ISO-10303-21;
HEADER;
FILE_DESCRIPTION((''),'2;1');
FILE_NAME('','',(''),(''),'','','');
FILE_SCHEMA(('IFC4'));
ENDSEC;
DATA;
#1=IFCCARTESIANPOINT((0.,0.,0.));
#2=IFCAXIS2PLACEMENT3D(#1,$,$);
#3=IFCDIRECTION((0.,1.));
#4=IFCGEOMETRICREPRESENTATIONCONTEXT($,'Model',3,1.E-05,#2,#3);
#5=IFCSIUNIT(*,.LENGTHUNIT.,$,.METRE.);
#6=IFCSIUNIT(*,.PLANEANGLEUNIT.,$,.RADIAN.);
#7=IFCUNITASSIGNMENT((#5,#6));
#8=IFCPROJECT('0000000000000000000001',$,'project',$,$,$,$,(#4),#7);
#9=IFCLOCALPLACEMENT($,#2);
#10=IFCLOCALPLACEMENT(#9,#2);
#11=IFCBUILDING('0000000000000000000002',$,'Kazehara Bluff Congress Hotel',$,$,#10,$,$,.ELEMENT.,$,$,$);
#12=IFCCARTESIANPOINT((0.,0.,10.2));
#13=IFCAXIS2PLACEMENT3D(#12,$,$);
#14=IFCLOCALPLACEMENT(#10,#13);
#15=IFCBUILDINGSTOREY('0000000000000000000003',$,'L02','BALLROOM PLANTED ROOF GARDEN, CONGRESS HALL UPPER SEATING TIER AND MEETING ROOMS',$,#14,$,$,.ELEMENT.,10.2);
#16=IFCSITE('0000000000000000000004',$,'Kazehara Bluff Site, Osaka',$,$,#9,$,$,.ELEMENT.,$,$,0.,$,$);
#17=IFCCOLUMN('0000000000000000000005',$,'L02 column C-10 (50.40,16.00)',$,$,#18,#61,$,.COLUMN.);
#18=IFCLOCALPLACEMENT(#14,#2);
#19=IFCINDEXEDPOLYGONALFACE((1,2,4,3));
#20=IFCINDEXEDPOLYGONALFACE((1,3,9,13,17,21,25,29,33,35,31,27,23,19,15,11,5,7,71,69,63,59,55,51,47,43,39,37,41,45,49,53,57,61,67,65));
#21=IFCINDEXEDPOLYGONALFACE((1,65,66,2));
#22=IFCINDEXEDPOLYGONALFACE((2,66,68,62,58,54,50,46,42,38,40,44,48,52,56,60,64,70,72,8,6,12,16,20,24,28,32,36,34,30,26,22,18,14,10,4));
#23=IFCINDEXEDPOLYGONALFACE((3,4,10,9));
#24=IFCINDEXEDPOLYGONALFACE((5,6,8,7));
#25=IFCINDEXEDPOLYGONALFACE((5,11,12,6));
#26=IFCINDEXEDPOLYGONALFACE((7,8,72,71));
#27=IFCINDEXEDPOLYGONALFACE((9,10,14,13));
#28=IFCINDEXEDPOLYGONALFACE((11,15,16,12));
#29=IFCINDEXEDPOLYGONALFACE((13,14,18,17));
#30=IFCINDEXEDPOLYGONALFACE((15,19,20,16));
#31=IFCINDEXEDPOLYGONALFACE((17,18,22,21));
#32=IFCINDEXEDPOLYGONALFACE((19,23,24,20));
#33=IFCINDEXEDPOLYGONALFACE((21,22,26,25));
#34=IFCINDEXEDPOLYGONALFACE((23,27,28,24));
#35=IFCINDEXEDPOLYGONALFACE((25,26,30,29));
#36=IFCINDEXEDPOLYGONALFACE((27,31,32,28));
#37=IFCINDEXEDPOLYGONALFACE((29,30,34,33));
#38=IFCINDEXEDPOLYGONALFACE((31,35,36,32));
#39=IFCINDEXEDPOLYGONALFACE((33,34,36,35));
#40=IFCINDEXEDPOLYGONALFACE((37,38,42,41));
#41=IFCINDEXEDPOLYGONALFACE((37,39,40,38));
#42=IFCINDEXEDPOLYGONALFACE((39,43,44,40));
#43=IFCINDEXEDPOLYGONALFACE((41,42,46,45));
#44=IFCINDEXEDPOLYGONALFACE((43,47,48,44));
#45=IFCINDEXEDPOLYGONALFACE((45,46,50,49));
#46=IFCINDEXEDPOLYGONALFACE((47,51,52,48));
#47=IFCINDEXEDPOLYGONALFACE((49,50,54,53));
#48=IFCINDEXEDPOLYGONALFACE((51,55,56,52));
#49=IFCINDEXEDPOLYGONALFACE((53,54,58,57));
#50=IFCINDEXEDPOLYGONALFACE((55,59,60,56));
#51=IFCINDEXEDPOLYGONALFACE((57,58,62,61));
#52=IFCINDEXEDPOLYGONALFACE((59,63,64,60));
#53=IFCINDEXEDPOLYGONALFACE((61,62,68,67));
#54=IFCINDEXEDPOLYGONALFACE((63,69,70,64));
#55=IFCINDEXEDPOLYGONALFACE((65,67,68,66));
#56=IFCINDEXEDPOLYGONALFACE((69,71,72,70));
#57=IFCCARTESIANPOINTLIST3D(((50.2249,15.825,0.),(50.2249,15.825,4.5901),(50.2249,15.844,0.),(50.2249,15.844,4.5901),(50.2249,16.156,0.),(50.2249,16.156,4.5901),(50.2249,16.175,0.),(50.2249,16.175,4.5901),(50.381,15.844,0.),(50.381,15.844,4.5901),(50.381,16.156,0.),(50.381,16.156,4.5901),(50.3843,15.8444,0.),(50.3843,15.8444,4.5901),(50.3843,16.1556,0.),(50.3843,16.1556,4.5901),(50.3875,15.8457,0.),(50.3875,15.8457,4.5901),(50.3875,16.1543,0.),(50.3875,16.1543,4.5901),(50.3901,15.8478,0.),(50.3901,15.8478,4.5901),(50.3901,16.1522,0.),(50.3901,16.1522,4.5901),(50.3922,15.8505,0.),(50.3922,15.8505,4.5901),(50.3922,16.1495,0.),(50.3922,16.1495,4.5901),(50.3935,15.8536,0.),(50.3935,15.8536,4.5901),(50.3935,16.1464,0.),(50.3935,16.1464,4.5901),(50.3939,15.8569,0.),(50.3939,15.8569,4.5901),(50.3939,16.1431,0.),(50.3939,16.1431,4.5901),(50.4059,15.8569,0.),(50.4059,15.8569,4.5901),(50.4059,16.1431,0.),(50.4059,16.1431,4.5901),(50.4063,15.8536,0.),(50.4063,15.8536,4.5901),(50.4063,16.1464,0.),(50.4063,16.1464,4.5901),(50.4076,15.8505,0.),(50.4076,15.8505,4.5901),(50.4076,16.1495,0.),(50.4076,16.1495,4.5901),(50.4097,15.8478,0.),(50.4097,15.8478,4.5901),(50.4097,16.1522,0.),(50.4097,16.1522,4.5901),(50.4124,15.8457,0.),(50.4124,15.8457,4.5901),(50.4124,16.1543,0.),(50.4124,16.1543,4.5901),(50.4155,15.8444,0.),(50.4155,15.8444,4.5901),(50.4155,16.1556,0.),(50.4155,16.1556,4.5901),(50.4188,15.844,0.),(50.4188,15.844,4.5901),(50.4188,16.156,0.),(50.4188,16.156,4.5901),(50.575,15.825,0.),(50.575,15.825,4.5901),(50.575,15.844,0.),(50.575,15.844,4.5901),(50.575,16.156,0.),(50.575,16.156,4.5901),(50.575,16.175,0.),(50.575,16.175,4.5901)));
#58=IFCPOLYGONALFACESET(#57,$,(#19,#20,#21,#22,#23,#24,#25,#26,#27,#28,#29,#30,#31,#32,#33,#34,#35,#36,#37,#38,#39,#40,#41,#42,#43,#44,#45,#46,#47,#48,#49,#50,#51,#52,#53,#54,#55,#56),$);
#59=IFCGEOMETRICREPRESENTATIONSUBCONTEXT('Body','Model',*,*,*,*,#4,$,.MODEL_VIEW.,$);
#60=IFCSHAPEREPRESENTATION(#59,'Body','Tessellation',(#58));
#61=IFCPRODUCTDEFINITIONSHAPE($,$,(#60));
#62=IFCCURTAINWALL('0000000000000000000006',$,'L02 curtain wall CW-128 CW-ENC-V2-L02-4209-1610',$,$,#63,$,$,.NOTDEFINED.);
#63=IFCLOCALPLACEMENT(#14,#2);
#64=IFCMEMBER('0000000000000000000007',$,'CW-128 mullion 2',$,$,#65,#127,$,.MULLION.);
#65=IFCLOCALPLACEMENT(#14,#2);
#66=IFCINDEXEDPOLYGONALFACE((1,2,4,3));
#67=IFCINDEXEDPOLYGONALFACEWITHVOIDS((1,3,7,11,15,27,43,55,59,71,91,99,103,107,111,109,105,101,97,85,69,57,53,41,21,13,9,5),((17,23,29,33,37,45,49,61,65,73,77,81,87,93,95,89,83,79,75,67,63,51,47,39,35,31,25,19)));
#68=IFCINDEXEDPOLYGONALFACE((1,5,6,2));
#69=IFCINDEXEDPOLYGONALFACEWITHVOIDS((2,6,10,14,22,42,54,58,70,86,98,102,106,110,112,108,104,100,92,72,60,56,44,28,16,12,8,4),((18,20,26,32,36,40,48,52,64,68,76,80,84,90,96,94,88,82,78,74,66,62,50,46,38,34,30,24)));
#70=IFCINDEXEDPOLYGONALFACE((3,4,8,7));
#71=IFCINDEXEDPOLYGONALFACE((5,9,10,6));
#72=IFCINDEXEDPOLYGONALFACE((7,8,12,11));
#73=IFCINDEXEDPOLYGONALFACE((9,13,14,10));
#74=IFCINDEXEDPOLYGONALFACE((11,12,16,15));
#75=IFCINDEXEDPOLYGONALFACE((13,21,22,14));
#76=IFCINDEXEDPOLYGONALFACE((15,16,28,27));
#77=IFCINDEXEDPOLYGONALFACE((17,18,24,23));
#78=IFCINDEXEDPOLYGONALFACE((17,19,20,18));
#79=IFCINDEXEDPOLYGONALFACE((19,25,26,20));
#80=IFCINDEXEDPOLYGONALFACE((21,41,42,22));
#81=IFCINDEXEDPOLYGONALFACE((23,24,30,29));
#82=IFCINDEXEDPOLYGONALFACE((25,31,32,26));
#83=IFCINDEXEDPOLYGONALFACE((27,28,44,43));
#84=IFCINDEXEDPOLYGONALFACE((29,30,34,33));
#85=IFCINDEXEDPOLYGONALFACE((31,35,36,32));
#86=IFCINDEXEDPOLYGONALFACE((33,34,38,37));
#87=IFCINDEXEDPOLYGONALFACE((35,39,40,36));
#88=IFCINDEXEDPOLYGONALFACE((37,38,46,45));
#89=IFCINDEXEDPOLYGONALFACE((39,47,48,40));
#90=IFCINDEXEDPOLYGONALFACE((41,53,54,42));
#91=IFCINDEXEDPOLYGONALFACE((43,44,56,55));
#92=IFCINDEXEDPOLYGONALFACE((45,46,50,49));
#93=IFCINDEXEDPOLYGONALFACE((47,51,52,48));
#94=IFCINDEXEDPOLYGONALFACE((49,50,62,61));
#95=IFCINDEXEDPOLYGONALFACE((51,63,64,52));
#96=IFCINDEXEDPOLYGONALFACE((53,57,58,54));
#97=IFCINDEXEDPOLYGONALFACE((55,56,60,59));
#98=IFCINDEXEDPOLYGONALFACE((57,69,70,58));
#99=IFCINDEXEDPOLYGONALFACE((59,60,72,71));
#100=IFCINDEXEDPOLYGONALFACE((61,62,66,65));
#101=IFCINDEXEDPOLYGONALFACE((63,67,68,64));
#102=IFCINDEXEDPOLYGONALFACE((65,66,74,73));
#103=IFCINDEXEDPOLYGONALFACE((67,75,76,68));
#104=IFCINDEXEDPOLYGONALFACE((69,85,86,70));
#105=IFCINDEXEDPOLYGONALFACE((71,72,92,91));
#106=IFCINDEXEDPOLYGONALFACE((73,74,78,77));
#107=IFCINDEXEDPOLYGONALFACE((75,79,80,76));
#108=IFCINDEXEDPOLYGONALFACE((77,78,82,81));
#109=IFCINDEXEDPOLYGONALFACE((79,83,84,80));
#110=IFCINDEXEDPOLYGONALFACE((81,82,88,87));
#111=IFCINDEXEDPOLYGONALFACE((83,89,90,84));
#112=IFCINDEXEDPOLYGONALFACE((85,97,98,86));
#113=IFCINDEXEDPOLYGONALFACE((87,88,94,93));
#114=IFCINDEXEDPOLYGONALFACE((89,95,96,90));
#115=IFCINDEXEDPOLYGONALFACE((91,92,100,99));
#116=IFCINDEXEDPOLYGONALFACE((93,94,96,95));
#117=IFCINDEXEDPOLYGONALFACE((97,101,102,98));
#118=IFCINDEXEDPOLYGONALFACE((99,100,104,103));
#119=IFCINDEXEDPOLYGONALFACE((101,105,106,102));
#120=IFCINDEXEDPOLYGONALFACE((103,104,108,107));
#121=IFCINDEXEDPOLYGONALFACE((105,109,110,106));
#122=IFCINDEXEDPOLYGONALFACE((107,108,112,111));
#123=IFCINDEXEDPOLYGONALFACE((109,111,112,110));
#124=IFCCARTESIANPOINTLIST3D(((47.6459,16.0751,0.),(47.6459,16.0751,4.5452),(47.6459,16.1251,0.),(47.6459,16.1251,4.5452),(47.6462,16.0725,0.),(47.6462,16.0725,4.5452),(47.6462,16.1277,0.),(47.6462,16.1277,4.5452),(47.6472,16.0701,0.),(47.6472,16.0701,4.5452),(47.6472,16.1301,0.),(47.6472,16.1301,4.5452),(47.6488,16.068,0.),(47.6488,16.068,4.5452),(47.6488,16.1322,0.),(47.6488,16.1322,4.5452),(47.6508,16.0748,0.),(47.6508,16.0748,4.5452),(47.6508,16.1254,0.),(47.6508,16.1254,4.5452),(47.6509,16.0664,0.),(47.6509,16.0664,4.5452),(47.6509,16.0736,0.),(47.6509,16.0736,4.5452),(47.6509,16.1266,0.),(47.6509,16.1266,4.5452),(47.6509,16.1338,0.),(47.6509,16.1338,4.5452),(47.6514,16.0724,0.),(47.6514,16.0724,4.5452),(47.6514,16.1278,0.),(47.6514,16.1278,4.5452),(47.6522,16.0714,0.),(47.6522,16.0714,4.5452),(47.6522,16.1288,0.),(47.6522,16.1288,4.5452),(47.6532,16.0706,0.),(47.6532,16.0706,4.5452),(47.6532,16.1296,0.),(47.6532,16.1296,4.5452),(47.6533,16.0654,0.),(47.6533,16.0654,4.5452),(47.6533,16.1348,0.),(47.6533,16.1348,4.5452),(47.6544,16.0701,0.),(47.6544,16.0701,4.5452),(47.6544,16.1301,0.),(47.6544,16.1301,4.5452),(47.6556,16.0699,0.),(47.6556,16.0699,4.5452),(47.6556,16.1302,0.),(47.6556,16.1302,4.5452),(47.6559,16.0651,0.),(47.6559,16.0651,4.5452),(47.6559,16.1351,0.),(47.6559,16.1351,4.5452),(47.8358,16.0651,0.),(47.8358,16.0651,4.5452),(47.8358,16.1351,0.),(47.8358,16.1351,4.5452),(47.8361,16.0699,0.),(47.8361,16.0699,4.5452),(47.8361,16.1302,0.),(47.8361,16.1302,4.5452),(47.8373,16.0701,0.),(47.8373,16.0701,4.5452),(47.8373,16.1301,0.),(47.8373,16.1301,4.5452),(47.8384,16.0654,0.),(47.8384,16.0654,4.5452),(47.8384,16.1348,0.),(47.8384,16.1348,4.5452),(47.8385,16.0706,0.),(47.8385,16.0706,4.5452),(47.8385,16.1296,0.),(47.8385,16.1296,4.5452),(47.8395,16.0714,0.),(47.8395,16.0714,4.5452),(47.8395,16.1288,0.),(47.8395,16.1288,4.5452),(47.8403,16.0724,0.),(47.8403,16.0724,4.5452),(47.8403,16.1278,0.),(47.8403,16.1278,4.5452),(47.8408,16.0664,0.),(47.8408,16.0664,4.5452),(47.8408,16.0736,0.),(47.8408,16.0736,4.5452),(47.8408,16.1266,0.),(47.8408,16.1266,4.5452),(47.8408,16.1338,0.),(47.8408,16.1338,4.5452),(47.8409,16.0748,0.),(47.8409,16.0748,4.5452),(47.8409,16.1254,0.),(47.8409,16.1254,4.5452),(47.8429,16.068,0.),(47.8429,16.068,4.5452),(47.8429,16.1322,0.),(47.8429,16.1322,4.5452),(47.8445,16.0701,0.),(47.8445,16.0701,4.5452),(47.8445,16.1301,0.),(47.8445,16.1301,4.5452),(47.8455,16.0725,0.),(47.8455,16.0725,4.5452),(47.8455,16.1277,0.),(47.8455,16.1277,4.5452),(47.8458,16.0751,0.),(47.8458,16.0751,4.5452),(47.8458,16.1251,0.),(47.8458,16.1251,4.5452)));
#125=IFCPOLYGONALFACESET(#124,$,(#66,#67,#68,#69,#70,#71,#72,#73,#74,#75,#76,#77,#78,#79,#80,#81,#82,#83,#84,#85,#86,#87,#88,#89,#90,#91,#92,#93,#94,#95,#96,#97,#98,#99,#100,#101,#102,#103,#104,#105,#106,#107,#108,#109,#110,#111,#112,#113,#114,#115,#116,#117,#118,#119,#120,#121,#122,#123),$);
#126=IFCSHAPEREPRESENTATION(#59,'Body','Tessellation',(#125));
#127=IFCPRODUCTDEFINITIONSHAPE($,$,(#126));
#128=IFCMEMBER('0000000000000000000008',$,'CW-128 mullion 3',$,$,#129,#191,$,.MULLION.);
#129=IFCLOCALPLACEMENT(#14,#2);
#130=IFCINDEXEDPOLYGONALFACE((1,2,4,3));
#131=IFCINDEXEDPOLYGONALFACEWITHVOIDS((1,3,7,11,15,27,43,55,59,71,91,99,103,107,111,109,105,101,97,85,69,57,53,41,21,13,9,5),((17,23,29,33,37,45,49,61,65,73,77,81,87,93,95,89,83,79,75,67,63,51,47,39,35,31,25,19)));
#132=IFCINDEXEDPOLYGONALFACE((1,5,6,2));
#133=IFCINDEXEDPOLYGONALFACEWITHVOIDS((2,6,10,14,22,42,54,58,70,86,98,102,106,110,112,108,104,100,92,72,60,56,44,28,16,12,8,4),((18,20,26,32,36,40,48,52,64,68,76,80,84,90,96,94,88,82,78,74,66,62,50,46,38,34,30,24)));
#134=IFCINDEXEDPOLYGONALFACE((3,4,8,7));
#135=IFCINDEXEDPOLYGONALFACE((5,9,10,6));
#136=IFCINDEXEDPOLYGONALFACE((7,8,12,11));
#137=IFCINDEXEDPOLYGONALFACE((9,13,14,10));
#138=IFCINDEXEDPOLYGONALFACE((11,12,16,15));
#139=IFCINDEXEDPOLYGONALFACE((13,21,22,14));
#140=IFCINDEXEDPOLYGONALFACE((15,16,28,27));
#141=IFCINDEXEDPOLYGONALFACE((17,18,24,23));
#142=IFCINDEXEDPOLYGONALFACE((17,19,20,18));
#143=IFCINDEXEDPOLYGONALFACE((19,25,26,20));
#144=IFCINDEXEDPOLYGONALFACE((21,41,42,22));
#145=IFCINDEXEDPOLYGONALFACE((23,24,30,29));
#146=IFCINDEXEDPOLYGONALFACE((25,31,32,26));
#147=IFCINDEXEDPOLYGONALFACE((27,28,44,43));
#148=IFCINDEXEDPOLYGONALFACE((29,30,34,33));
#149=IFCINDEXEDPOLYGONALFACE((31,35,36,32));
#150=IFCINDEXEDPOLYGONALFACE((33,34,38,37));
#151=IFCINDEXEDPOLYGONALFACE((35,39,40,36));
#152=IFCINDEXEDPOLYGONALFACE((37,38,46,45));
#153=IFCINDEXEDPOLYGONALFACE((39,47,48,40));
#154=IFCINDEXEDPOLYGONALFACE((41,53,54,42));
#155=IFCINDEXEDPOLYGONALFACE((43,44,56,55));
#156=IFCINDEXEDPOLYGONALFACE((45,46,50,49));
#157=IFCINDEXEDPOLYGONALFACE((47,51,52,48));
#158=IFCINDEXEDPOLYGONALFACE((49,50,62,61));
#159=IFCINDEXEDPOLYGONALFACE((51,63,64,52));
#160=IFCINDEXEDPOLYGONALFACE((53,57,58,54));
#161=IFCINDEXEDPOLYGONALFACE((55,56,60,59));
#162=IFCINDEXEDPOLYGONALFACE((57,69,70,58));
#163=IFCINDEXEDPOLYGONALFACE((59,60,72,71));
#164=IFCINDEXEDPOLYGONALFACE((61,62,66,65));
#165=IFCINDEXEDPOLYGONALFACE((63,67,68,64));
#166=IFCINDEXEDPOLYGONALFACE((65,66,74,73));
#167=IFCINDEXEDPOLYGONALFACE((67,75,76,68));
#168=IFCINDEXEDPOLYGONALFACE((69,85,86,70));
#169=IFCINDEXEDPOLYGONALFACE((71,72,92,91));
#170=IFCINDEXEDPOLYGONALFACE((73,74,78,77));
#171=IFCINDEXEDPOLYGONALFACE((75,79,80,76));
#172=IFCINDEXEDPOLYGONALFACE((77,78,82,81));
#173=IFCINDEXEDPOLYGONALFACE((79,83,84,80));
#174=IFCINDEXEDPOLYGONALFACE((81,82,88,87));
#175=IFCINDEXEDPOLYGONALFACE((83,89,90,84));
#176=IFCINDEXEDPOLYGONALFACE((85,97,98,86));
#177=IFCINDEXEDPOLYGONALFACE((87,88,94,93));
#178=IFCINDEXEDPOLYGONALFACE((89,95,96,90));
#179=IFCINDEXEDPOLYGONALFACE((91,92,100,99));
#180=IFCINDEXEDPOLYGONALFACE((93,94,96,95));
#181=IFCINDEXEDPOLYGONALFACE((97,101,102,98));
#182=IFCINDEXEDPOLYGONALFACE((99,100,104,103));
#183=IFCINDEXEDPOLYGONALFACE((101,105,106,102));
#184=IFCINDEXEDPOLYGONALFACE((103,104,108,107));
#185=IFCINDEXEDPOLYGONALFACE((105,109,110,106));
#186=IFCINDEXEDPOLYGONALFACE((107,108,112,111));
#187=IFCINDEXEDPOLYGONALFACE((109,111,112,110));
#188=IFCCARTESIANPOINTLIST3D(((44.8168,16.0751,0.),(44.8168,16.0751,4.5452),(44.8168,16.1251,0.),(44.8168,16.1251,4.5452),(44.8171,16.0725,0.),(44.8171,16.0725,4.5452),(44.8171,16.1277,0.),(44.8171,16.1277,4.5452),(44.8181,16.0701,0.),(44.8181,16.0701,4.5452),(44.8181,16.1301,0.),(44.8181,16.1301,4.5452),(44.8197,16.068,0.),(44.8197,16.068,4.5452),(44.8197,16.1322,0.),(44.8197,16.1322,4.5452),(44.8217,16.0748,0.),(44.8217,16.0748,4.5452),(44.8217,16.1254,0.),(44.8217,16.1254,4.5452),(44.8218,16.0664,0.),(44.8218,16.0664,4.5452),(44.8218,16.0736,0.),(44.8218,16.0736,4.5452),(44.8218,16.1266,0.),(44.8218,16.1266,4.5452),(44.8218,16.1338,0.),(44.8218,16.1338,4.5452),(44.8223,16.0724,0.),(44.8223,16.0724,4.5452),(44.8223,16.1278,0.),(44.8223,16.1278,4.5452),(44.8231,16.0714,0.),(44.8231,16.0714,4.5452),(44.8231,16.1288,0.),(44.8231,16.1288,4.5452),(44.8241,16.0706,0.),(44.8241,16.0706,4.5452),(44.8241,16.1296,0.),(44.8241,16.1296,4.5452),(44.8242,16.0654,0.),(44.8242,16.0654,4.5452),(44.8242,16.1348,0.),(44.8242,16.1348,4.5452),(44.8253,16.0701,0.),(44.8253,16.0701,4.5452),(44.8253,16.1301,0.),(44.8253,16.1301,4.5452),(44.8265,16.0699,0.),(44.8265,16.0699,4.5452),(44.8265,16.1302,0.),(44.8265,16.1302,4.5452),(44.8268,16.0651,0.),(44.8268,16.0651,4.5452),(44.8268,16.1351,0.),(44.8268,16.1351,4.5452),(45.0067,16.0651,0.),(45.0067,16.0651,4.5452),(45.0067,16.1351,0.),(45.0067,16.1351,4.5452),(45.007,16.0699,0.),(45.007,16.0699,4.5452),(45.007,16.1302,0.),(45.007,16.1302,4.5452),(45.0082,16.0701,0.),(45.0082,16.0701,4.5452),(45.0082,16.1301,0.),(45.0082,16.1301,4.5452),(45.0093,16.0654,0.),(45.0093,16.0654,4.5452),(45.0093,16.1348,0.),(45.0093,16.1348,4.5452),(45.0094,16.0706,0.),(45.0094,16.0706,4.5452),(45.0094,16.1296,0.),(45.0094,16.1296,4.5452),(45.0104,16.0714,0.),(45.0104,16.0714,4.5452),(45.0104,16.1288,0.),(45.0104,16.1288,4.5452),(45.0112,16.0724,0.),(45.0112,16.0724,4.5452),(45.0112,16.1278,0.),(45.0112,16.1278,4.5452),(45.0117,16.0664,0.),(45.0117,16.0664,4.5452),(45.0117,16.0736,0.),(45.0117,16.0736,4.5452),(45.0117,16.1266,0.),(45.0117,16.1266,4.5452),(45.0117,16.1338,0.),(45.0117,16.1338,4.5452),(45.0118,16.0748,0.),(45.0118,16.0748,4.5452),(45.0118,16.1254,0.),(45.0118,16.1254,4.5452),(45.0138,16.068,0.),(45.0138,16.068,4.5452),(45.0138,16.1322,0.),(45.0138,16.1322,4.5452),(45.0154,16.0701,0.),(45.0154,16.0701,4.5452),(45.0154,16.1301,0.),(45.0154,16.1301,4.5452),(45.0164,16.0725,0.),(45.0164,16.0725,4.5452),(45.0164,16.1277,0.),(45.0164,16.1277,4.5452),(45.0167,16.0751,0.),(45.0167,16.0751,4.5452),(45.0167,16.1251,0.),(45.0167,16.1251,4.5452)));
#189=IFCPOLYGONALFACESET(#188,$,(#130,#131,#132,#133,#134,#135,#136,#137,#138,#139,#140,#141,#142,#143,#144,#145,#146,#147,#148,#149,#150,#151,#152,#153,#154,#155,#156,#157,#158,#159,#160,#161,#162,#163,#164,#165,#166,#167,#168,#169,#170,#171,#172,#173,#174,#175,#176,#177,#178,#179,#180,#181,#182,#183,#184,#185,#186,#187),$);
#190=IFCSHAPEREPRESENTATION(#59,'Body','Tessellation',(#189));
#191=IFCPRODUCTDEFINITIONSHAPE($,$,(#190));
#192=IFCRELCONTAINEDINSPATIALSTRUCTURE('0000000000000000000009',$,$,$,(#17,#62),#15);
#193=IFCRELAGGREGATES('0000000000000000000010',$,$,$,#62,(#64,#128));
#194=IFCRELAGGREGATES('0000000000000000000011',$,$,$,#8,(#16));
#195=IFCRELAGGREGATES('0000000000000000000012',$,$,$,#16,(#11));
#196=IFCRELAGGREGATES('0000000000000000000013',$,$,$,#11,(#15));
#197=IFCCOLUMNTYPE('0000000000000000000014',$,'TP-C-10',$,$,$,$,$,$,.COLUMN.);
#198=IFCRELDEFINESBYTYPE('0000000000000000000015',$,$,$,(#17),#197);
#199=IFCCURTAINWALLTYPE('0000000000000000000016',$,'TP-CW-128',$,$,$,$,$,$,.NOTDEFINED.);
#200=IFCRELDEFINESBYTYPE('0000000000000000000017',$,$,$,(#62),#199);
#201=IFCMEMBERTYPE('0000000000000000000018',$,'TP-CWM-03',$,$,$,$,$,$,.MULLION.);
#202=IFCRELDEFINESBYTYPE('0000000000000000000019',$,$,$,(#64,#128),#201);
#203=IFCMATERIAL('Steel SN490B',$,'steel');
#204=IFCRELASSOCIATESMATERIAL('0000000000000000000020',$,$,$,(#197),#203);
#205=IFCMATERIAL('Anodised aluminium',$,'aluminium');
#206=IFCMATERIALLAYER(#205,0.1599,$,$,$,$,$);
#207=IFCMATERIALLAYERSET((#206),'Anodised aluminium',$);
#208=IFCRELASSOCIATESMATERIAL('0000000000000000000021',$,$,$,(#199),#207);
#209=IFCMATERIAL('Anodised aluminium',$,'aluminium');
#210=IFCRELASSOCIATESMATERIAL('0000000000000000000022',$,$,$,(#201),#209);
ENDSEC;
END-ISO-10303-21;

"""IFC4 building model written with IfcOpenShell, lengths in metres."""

from ifc_helpers import new_model, si_unit, direction, frame, origin, origin_2d, place, context, subcontext, project, spatial, hollow_rectangle, i_section, extrude, material, layer, layer_set, material_profile, profile_set, type_object, element, aggregate, save


model = new_model("IFC4")

# Units and contexts
model_context = context("Model", 3, precision=1e-05, world=origin(), true_north=direction((0.0, 1.0)))
body_context = subcontext(model_context, "Body", "Model", "MODEL_VIEW")
ifc_project = project(units=[si_unit("LENGTHUNIT", "METRE"), si_unit("PLANEANGLEUNIT", "RADIAN")], contexts=[model_context])

# Site, building, storey
site_placement = place(None, origin())
site = spatial("IfcSite", under=ifc_project, at=site_placement, Name="Kazehara Bluff Site, Osaka", CompositionType="ELEMENT", RefElevation=0.0)
building_placement = place(site_placement, origin())
building = spatial("IfcBuilding", under=site, at=building_placement, Name="Kazehara Bluff Congress Hotel", CompositionType="ELEMENT")
storey_placement = place(building_placement, frame((0.0, 0.0, 10.2)))
storey = spatial("IfcBuildingStorey", under=building, at=storey_placement, Name="L02", Description="BALLROOM PLANTED ROOF GARDEN, CONGRESS HALL UPPER SEATING TIER AND MEETING ROOMS", CompositionType="ELEMENT", Elevation=10.2)

# Column
ifc_material_1 = material(Name="Steel SN490B", Category="steel")
ifc_material_profile_1 = material_profile(ifc_material_1, i_section(OverallWidth=0.3501, OverallDepth=0.3501, WebThickness=0.012, FlangeThickness=0.019, FilletRadius=0.0129, at=origin_2d()))
ifc_profile_set_1 = profile_set([ifc_material_profile_1], Name="Steel SN490B")
column_type = type_object("IfcColumnType", Name="TP-C-10", PredefinedType="COLUMN", material=ifc_profile_set_1)
column_placement = place(storey_placement, frame((50.3999, 16.0, 0.0), z_axis=(0.0, 0.0, 1.0), x_axis=(1.0, 0.0, 0.0)))
element("IfcColumn", 1, at=column_placement, inside=storey, type_object=column_type, Name="L02 column C-10 (50.40,16.00)", PredefinedType="COLUMN", context=body_context, shape_type="SweptSolid", body=[
    extrude(i_section(OverallWidth=0.3501, OverallDepth=0.3501, WebThickness=0.012, FlangeThickness=0.019, FilletRadius=0.0129, at=origin_2d()), origin(), (0.0, 0.0, 1.0), 4.5901),
])

# Curtain wall, members
ifc_material_2 = material(Name="Anodised aluminium", Category="aluminium")
ifc_layer_1 = layer(ifc_material_2, 0.1599)
ifc_layer_set_1 = layer_set([ifc_layer_1], Name="Anodised aluminium")
curtain_wall_type = type_object("IfcCurtainWallType", Name="TP-CW-128", PredefinedType="NOTDEFINED", material=ifc_layer_set_1)
curtain_wall_placement = place(storey_placement, origin())
curtain_wall = element("IfcCurtainWall", 2, at=curtain_wall_placement, inside=storey, type_object=curtain_wall_type, Name="L02 curtain wall CW-128 CW-ENC-V2-L02-4209-1610", PredefinedType="NOTDEFINED")
ifc_material_3 = material(Name="Anodised aluminium", Category="aluminium")
ifc_material_profile_2 = material_profile(ifc_material_3, hollow_rectangle(XDim=0.0701, YDim=0.2, WallThickness=0.0049, InnerFilletRadius=0.0049, OuterFilletRadius=0.01, at=origin_2d()))
ifc_profile_set_2 = profile_set([ifc_material_profile_2], Name="Anodised aluminium")
member_type_1 = type_object("IfcMemberType", Name="TP-CWM-03", PredefinedType="MULLION", material=ifc_profile_set_2)
member_1_placement = place(storey_placement, frame((47.7458, 16.1001, 0.0), z_axis=(0.0, 0.0, 1.0), x_axis=(0.0, -1.0, 0.0)))
member_1 = element("IfcMember", 3, at=member_1_placement, type_object=member_type_1, Name="CW-128 mullion 2", PredefinedType="MULLION", context=body_context, shape_type="SweptSolid", body=[
    extrude(hollow_rectangle(XDim=0.0701, YDim=0.2, WallThickness=0.0049, InnerFilletRadius=0.0049, OuterFilletRadius=0.01, at=origin_2d()), origin(), (0.0, 0.0, 1.0), 4.5452),
])
member_2_placement = place(storey_placement, frame((44.9167, 16.1001, 0.0), z_axis=(0.0, 0.0, 1.0), x_axis=(0.0, -1.0, 0.0)))
member_2 = element("IfcMember", 4, at=member_2_placement, type_object=member_type_1, Name="CW-128 mullion 3", PredefinedType="MULLION", context=body_context, shape_type="SweptSolid", body=[
    extrude(hollow_rectangle(XDim=0.0701, YDim=0.2, WallThickness=0.0049, InnerFilletRadius=0.0049, OuterFilletRadius=0.01, at=origin_2d()), origin(), (0.0, 0.0, 1.0), 4.5452),
])

aggregate(curtain_wall, [member_1, member_2])

save(model, "model.ifc")
